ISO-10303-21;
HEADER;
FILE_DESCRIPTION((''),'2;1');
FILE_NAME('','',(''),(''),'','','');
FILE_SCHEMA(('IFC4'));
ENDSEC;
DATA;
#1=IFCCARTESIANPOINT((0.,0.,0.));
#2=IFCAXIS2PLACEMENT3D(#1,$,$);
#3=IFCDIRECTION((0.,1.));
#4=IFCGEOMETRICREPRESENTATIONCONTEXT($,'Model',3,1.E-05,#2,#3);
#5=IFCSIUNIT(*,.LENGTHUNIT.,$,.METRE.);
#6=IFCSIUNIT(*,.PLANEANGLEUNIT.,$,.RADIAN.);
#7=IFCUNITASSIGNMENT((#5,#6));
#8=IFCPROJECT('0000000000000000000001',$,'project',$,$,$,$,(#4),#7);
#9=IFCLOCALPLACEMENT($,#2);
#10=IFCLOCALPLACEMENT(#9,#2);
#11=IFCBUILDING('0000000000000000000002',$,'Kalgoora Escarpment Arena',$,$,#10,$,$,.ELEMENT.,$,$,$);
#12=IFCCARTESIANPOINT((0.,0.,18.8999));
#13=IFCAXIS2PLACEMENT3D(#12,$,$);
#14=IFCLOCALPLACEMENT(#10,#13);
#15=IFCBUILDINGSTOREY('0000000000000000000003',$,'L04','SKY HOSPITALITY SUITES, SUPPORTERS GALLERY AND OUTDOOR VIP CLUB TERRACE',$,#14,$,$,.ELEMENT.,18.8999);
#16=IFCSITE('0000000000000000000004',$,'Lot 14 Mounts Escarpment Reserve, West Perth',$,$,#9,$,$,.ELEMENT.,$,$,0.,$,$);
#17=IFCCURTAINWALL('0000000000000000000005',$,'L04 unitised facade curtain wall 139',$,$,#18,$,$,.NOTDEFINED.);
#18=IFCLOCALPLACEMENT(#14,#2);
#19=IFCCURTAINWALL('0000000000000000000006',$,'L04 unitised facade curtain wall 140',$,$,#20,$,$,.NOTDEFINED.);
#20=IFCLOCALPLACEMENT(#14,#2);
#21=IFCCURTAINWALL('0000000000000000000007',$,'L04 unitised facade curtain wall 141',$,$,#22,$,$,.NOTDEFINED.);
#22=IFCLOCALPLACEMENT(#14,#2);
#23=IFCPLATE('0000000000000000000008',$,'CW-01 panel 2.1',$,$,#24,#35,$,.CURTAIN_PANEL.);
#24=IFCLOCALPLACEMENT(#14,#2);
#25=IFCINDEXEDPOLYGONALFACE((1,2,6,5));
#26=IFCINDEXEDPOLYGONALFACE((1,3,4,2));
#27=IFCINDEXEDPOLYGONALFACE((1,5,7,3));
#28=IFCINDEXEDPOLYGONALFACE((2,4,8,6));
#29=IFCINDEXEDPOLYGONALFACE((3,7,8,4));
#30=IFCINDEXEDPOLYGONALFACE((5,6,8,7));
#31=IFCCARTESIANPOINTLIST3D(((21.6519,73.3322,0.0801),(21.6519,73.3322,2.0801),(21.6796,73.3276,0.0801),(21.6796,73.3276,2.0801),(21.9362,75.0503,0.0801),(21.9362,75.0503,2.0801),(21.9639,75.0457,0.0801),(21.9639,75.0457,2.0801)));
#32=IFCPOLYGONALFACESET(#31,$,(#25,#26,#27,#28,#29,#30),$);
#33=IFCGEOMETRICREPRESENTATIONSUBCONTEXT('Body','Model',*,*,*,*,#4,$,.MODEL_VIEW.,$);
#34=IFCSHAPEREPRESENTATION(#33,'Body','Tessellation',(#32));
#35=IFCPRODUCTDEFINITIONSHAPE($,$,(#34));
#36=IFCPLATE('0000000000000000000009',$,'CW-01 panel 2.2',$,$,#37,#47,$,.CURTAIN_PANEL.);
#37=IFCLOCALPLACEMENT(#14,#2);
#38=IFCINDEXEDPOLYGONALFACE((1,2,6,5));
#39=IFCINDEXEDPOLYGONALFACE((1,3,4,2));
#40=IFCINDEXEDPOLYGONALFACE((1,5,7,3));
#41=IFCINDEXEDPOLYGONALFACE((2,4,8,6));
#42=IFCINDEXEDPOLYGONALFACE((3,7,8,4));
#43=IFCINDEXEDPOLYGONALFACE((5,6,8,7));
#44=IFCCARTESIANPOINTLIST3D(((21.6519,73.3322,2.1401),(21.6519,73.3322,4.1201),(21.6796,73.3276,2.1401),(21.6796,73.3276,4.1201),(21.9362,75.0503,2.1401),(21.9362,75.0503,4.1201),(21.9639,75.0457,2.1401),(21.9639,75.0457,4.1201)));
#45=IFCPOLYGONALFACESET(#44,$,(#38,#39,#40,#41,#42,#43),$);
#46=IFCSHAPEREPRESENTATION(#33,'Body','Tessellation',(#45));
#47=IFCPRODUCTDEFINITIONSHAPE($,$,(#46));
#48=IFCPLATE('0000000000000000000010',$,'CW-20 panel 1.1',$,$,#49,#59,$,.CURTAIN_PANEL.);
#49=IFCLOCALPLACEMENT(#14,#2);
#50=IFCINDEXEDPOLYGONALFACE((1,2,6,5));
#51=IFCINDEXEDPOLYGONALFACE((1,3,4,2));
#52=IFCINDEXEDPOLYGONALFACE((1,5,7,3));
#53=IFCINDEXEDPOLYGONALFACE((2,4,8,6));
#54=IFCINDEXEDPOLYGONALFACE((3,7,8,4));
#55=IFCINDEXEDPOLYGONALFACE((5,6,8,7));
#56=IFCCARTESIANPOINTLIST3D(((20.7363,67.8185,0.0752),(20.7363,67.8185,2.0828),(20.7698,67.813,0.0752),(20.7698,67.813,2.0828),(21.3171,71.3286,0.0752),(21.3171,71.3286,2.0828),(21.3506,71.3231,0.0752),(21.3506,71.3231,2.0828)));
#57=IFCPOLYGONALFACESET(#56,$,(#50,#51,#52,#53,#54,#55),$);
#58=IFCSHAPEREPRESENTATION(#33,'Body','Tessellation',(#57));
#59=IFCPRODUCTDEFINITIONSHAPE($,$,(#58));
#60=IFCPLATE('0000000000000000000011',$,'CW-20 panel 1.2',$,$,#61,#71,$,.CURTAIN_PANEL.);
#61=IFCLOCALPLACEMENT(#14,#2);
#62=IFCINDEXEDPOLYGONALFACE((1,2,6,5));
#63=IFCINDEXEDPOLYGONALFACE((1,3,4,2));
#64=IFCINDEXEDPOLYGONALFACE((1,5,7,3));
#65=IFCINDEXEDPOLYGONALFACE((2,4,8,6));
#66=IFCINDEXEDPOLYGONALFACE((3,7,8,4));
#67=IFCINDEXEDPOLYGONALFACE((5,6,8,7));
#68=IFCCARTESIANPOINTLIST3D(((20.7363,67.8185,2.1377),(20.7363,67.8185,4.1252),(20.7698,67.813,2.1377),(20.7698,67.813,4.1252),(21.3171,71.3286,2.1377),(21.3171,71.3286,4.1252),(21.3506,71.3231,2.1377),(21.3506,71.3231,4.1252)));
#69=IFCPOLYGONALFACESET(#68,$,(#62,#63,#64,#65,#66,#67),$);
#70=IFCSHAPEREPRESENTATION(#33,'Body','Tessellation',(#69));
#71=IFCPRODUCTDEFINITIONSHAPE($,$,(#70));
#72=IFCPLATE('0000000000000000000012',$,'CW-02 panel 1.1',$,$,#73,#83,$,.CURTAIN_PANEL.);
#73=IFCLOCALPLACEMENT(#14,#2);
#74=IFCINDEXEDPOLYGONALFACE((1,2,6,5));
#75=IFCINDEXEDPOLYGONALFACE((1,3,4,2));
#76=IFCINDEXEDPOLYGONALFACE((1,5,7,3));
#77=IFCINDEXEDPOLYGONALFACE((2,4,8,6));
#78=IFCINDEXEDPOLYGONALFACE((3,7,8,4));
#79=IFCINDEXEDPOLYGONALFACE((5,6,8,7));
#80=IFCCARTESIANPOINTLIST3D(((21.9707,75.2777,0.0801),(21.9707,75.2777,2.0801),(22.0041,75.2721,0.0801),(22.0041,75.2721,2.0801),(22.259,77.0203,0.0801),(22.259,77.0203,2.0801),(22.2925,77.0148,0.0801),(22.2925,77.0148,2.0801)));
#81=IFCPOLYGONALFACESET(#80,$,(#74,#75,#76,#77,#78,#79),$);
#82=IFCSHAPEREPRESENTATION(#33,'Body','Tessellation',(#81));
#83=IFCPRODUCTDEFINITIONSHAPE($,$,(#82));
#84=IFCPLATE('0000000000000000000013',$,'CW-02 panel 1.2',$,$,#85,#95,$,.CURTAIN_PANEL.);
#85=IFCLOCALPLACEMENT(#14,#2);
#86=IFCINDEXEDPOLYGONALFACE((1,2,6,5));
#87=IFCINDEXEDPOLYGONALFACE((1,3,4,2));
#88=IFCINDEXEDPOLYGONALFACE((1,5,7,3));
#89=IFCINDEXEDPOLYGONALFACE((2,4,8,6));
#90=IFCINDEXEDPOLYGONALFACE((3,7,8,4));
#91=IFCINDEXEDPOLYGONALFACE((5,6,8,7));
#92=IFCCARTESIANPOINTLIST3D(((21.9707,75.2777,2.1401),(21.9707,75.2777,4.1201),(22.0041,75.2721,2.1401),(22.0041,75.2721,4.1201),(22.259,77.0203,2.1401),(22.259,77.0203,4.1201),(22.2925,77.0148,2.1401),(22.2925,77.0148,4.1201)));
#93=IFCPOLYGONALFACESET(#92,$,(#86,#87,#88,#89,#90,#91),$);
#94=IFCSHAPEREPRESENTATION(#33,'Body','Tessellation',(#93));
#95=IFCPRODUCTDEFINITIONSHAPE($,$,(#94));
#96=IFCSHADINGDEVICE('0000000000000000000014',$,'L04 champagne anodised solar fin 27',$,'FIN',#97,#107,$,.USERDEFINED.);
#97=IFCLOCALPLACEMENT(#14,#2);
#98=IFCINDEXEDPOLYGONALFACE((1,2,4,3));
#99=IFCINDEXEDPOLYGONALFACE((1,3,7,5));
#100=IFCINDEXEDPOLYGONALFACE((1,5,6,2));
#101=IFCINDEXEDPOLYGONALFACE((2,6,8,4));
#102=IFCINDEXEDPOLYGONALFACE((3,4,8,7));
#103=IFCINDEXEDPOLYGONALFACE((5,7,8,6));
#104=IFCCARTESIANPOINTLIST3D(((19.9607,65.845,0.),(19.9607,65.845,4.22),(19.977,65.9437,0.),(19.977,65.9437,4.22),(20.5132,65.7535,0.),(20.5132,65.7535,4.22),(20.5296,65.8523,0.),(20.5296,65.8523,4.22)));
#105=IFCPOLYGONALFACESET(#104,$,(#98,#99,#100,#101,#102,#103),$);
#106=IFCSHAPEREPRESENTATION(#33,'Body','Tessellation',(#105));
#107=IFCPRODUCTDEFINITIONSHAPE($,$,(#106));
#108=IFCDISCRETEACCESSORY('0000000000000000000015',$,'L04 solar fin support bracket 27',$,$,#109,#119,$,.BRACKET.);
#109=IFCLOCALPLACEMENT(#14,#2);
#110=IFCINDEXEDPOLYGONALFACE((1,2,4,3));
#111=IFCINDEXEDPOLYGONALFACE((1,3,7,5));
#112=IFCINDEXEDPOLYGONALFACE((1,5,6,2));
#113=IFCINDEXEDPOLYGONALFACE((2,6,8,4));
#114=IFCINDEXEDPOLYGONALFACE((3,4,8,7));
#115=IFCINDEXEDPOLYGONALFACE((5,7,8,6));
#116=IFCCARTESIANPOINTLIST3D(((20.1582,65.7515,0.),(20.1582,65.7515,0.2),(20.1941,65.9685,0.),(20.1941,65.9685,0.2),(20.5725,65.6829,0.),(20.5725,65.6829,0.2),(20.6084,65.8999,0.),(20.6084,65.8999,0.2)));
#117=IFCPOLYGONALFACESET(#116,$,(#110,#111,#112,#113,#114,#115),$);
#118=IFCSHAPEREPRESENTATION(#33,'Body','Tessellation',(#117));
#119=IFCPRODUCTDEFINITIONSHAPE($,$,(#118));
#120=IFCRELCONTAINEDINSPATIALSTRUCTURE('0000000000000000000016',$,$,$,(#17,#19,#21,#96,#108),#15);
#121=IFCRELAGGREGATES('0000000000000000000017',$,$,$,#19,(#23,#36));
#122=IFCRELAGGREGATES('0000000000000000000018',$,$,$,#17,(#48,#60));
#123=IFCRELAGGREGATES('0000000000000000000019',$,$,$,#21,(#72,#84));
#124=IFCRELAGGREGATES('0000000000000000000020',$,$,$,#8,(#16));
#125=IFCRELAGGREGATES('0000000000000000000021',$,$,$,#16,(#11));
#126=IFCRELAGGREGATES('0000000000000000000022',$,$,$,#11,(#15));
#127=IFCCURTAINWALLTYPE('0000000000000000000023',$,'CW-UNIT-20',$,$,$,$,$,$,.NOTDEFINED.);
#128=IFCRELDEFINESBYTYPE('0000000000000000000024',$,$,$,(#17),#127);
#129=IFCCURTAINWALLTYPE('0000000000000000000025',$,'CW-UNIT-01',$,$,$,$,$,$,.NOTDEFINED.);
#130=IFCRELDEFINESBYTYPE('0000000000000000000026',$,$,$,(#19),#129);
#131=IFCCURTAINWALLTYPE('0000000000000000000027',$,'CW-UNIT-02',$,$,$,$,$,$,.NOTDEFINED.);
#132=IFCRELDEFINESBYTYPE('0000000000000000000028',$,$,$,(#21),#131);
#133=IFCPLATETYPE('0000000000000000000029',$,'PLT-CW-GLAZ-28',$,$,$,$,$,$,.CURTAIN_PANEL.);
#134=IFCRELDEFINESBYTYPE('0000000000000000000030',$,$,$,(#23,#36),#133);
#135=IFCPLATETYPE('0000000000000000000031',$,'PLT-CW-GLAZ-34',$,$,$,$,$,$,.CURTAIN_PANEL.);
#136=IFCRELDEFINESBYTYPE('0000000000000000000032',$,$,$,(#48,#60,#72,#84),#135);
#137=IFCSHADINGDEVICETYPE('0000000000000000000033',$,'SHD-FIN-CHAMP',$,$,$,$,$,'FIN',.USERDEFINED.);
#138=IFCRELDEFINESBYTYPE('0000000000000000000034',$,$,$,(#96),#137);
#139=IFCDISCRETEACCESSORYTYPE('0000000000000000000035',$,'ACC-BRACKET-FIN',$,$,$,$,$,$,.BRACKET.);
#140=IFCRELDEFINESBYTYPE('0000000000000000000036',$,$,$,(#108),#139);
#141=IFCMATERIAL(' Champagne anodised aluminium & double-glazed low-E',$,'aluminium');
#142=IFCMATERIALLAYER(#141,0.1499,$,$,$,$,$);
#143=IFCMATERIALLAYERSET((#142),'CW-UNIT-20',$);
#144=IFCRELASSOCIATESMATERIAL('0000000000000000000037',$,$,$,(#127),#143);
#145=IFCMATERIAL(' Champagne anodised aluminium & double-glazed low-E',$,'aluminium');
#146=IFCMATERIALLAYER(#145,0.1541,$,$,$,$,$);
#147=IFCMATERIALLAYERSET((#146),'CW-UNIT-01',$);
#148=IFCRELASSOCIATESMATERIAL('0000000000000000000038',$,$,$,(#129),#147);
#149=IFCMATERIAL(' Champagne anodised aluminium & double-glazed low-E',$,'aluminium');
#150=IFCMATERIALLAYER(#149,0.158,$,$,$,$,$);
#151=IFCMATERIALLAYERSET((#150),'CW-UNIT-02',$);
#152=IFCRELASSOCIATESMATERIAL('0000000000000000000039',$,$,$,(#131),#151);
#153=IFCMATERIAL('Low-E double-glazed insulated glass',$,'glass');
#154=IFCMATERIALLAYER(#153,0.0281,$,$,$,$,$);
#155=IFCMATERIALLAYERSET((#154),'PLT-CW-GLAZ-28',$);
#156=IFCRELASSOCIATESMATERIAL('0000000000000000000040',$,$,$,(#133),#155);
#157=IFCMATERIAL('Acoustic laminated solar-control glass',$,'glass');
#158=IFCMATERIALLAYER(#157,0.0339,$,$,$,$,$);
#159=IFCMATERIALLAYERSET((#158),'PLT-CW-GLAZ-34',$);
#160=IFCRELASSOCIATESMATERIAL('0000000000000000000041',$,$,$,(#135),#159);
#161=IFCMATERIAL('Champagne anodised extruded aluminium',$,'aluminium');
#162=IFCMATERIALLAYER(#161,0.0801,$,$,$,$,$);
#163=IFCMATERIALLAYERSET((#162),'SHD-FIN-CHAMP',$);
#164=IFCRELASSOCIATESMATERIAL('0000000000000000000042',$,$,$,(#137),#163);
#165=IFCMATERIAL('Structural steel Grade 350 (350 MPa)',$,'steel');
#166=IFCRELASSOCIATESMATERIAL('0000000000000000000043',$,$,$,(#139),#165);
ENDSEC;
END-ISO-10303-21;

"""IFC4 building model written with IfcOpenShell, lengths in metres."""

from ifc_helpers import new_model, si_unit, direction, frame, origin, origin_2d, place, context, subcontext, project, spatial, rectangle, extrude, material, layer, layer_set, type_object, element, aggregate, save


model = new_model("IFC4")

# Units and contexts
model_context = context("Model", 3, precision=1e-05, world=origin(), true_north=direction((0.0, 1.0)))
body_context = subcontext(model_context, "Body", "Model", "MODEL_VIEW")
ifc_project = project(units=[si_unit("LENGTHUNIT", "METRE"), si_unit("PLANEANGLEUNIT", "RADIAN")], contexts=[model_context])

# Site, building, storey
site_placement = place(None, origin())
site = spatial("IfcSite", under=ifc_project, at=site_placement, Name="Lot 14 Mounts Escarpment Reserve, West Perth", CompositionType="ELEMENT", RefElevation=0.0)
building_placement = place(site_placement, origin())
building = spatial("IfcBuilding", under=site, at=building_placement, Name="Kalgoora Escarpment Arena", CompositionType="ELEMENT")
storey_placement = place(building_placement, frame((0.0, 0.0, 18.8999)))
storey = spatial("IfcBuildingStorey", under=building, at=storey_placement, Name="L04", Description="SKY HOSPITALITY SUITES, SUPPORTERS GALLERY AND OUTDOOR VIP CLUB TERRACE", CompositionType="ELEMENT", Elevation=18.8999)

# Curtain walls
ifc_material_1 = material(Name=" Champagne anodised aluminium & double-glazed low-E", Category="aluminium")
ifc_layer_1 = layer(ifc_material_1, 0.1499)
ifc_layer_set_1 = layer_set([ifc_layer_1], Name="CW-UNIT-20")
curtain_wall_type_1 = type_object("IfcCurtainWallType", Name="CW-UNIT-20", PredefinedType="NOTDEFINED", material=ifc_layer_set_1)
curtain_wall_1_placement = place(storey_placement, origin())
curtain_wall_1 = element("IfcCurtainWall", 1, at=curtain_wall_1_placement, inside=storey, type_object=curtain_wall_type_1, Name="L04 unitised facade curtain wall 139", PredefinedType="NOTDEFINED")
ifc_material_2 = material(Name=" Champagne anodised aluminium & double-glazed low-E", Category="aluminium")
ifc_layer_2 = layer(ifc_material_2, 0.1541)
ifc_layer_set_2 = layer_set([ifc_layer_2], Name="CW-UNIT-01")
curtain_wall_type_2 = type_object("IfcCurtainWallType", Name="CW-UNIT-01", PredefinedType="NOTDEFINED", material=ifc_layer_set_2)
curtain_wall_2_placement = place(storey_placement, origin())
curtain_wall_2 = element("IfcCurtainWall", 2, at=curtain_wall_2_placement, inside=storey, type_object=curtain_wall_type_2, Name="L04 unitised facade curtain wall 140", PredefinedType="NOTDEFINED")
ifc_material_3 = material(Name=" Champagne anodised aluminium & double-glazed low-E", Category="aluminium")
ifc_layer_3 = layer(ifc_material_3, 0.158)
ifc_layer_set_3 = layer_set([ifc_layer_3], Name="CW-UNIT-02")
curtain_wall_type_3 = type_object("IfcCurtainWallType", Name="CW-UNIT-02", PredefinedType="NOTDEFINED", material=ifc_layer_set_3)
curtain_wall_3_placement = place(storey_placement, origin())
curtain_wall_3 = element("IfcCurtainWall", 3, at=curtain_wall_3_placement, inside=storey, type_object=curtain_wall_type_3, Name="L04 unitised facade curtain wall 141", PredefinedType="NOTDEFINED")

# Plates
ifc_material_4 = material(Name="Low-E double-glazed insulated glass", Category="glass")
ifc_layer_4 = layer(ifc_material_4, 0.0281)
ifc_layer_set_4 = layer_set([ifc_layer_4], Name="PLT-CW-GLAZ-28")
plate_type_1 = type_object("IfcPlateType", Name="PLT-CW-GLAZ-28", PredefinedType="CURTAIN_PANEL", material=ifc_layer_set_4)
plate_1_placement = place(storey_placement, frame((21.8079, 74.189, 0.0801), z_axis=(0.0, 0.0, 1.0), x_axis=(0.163252, 0.986584, 0.0)))
plate_1 = element("IfcPlate", 4, at=plate_1_placement, type_object=plate_type_1, Name="CW-01 panel 2.1", PredefinedType="CURTAIN_PANEL", context=body_context, shape_type="SweptSolid", body=[
    extrude(rectangle(XDim=1.7415, YDim=0.0281, at=origin_2d()), origin(), (0.0, 0.0, 1.0), 2.0),
])
plate_2_placement = place(storey_placement, frame((21.8079, 74.189, 2.1401), z_axis=(0.0, 0.0, 1.0), x_axis=(0.163252, 0.986584, 0.0)))
plate_2 = element("IfcPlate", 5, at=plate_2_placement, type_object=plate_type_1, Name="CW-01 panel 2.2", PredefinedType="CURTAIN_PANEL", context=body_context, shape_type="SweptSolid", body=[
    extrude(rectangle(XDim=1.7415, YDim=0.0281, at=origin_2d()), origin(), (0.0, 0.0, 1.0), 1.98),
])
aggregate(curtain_wall_2, [plate_1, plate_2])
ifc_material_5 = material(Name="Acoustic laminated solar-control glass", Category="glass")
ifc_layer_5 = layer(ifc_material_5, 0.0339)
ifc_layer_set_5 = layer_set([ifc_layer_5], Name="PLT-CW-GLAZ-34")
plate_type_2 = type_object("IfcPlateType", Name="PLT-CW-GLAZ-34", PredefinedType="CURTAIN_PANEL", material=ifc_layer_set_5)
plate_3_placement = place(storey_placement, frame((21.0435, 69.5708, 0.0752), z_axis=(0.0, 0.0, 1.0), x_axis=(0.163252, 0.986584, 0.0)))
plate_3 = element("IfcPlate", 6, at=plate_3_placement, type_object=plate_type_2, Name="CW-20 panel 1.1", PredefinedType="CURTAIN_PANEL", context=body_context, shape_type="SweptSolid", body=[
    extrude(rectangle(XDim=3.5579, YDim=0.0339, at=origin_2d()), origin(), (0.0, 0.0, 1.0), 2.0076),
])
plate_4_placement = place(storey_placement, frame((21.0435, 69.5708, 2.1377), z_axis=(0.0, 0.0, 1.0), x_axis=(0.163252, 0.986584, 0.0)))
plate_4 = element("IfcPlate", 7, at=plate_4_placement, type_object=plate_type_2, Name="CW-20 panel 1.2", PredefinedType="CURTAIN_PANEL", context=body_context, shape_type="SweptSolid", body=[
    extrude(rectangle(XDim=3.5579, YDim=0.0339, at=origin_2d()), origin(), (0.0, 0.0, 1.0), 1.9875),
])
aggregate(curtain_wall_1, [plate_3, plate_4])
plate_5_placement = place(storey_placement, frame((22.1316, 76.1462, 0.0801), z_axis=(0.0, 0.0, 1.0), x_axis=(0.163263, 0.986583, 0.0)))
plate_5 = element("IfcPlate", 8, at=plate_5_placement, type_object=plate_type_2, Name="CW-02 panel 1.1", PredefinedType="CURTAIN_PANEL", context=body_context, shape_type="SweptSolid", body=[
    extrude(rectangle(XDim=1.7664, YDim=0.0339, at=origin_2d()), origin(), (0.0, 0.0, 1.0), 2.0),
])
plate_6_placement = place(storey_placement, frame((22.1316, 76.1462, 2.1401), z_axis=(0.0, 0.0, 1.0), x_axis=(0.163263, 0.986583, 0.0)))
plate_6 = element("IfcPlate", 9, at=plate_6_placement, type_object=plate_type_2, Name="CW-02 panel 1.2", PredefinedType="CURTAIN_PANEL", context=body_context, shape_type="SweptSolid", body=[
    extrude(rectangle(XDim=1.7664, YDim=0.0339, at=origin_2d()), origin(), (0.0, 0.0, 1.0), 1.98),
])
aggregate(curtain_wall_3, [plate_5, plate_6])

# Shading device
ifc_material_6 = material(Name="Champagne anodised extruded aluminium", Category="aluminium")
ifc_layer_6 = layer(ifc_material_6, 0.0801)
ifc_layer_set_6 = layer_set([ifc_layer_6], Name="SHD-FIN-CHAMP")
shading_device_type = type_object("IfcShadingDeviceType", Name="SHD-FIN-CHAMP", ElementType="FIN", PredefinedType="USERDEFINED", material=ifc_layer_set_6)
shading_device_placement = place(storey_placement, frame((20.2451, 65.8486, 0.0), z_axis=(0.0, 0.0, 1.0), x_axis=(-0.986572, 0.163326, 0.0)))
element("IfcShadingDevice", 10, at=shading_device_placement, inside=storey, type_object=shading_device_type, Name="L04 champagne anodised solar fin 27", ObjectType="FIN", PredefinedType="USERDEFINED", context=body_context, shape_type="SweptSolid", body=[
    extrude(rectangle(XDim=0.5601, YDim=0.1001, at=origin_2d()), origin(), (0.0, 0.0, 1.0), 4.22),
])

# Discrete accessory
ifc_material_7 = material(Name="Structural steel Grade 350 (350 MPa)", Category="steel")
discrete_accessory_type = type_object("IfcDiscreteAccessoryType", Name="ACC-BRACKET-FIN", PredefinedType="BRACKET", material=ifc_material_7)
discrete_accessory_placement = place(storey_placement, frame((20.3833, 65.8257, 0.0), z_axis=(0.0, 0.0, 1.0), x_axis=(-0.986572, 0.163326, 0.0)))
element("IfcDiscreteAccessory", 11, at=discrete_accessory_placement, inside=storey, type_object=discrete_accessory_type, Name="L04 solar fin support bracket 27", PredefinedType="BRACKET", context=body_context, shape_type="SweptSolid", body=[
    extrude(rectangle(XDim=0.4199, YDim=0.22, at=origin_2d()), origin(), (0.0, 0.0, 1.0), 0.2),
])

save(model, "model.ifc")
